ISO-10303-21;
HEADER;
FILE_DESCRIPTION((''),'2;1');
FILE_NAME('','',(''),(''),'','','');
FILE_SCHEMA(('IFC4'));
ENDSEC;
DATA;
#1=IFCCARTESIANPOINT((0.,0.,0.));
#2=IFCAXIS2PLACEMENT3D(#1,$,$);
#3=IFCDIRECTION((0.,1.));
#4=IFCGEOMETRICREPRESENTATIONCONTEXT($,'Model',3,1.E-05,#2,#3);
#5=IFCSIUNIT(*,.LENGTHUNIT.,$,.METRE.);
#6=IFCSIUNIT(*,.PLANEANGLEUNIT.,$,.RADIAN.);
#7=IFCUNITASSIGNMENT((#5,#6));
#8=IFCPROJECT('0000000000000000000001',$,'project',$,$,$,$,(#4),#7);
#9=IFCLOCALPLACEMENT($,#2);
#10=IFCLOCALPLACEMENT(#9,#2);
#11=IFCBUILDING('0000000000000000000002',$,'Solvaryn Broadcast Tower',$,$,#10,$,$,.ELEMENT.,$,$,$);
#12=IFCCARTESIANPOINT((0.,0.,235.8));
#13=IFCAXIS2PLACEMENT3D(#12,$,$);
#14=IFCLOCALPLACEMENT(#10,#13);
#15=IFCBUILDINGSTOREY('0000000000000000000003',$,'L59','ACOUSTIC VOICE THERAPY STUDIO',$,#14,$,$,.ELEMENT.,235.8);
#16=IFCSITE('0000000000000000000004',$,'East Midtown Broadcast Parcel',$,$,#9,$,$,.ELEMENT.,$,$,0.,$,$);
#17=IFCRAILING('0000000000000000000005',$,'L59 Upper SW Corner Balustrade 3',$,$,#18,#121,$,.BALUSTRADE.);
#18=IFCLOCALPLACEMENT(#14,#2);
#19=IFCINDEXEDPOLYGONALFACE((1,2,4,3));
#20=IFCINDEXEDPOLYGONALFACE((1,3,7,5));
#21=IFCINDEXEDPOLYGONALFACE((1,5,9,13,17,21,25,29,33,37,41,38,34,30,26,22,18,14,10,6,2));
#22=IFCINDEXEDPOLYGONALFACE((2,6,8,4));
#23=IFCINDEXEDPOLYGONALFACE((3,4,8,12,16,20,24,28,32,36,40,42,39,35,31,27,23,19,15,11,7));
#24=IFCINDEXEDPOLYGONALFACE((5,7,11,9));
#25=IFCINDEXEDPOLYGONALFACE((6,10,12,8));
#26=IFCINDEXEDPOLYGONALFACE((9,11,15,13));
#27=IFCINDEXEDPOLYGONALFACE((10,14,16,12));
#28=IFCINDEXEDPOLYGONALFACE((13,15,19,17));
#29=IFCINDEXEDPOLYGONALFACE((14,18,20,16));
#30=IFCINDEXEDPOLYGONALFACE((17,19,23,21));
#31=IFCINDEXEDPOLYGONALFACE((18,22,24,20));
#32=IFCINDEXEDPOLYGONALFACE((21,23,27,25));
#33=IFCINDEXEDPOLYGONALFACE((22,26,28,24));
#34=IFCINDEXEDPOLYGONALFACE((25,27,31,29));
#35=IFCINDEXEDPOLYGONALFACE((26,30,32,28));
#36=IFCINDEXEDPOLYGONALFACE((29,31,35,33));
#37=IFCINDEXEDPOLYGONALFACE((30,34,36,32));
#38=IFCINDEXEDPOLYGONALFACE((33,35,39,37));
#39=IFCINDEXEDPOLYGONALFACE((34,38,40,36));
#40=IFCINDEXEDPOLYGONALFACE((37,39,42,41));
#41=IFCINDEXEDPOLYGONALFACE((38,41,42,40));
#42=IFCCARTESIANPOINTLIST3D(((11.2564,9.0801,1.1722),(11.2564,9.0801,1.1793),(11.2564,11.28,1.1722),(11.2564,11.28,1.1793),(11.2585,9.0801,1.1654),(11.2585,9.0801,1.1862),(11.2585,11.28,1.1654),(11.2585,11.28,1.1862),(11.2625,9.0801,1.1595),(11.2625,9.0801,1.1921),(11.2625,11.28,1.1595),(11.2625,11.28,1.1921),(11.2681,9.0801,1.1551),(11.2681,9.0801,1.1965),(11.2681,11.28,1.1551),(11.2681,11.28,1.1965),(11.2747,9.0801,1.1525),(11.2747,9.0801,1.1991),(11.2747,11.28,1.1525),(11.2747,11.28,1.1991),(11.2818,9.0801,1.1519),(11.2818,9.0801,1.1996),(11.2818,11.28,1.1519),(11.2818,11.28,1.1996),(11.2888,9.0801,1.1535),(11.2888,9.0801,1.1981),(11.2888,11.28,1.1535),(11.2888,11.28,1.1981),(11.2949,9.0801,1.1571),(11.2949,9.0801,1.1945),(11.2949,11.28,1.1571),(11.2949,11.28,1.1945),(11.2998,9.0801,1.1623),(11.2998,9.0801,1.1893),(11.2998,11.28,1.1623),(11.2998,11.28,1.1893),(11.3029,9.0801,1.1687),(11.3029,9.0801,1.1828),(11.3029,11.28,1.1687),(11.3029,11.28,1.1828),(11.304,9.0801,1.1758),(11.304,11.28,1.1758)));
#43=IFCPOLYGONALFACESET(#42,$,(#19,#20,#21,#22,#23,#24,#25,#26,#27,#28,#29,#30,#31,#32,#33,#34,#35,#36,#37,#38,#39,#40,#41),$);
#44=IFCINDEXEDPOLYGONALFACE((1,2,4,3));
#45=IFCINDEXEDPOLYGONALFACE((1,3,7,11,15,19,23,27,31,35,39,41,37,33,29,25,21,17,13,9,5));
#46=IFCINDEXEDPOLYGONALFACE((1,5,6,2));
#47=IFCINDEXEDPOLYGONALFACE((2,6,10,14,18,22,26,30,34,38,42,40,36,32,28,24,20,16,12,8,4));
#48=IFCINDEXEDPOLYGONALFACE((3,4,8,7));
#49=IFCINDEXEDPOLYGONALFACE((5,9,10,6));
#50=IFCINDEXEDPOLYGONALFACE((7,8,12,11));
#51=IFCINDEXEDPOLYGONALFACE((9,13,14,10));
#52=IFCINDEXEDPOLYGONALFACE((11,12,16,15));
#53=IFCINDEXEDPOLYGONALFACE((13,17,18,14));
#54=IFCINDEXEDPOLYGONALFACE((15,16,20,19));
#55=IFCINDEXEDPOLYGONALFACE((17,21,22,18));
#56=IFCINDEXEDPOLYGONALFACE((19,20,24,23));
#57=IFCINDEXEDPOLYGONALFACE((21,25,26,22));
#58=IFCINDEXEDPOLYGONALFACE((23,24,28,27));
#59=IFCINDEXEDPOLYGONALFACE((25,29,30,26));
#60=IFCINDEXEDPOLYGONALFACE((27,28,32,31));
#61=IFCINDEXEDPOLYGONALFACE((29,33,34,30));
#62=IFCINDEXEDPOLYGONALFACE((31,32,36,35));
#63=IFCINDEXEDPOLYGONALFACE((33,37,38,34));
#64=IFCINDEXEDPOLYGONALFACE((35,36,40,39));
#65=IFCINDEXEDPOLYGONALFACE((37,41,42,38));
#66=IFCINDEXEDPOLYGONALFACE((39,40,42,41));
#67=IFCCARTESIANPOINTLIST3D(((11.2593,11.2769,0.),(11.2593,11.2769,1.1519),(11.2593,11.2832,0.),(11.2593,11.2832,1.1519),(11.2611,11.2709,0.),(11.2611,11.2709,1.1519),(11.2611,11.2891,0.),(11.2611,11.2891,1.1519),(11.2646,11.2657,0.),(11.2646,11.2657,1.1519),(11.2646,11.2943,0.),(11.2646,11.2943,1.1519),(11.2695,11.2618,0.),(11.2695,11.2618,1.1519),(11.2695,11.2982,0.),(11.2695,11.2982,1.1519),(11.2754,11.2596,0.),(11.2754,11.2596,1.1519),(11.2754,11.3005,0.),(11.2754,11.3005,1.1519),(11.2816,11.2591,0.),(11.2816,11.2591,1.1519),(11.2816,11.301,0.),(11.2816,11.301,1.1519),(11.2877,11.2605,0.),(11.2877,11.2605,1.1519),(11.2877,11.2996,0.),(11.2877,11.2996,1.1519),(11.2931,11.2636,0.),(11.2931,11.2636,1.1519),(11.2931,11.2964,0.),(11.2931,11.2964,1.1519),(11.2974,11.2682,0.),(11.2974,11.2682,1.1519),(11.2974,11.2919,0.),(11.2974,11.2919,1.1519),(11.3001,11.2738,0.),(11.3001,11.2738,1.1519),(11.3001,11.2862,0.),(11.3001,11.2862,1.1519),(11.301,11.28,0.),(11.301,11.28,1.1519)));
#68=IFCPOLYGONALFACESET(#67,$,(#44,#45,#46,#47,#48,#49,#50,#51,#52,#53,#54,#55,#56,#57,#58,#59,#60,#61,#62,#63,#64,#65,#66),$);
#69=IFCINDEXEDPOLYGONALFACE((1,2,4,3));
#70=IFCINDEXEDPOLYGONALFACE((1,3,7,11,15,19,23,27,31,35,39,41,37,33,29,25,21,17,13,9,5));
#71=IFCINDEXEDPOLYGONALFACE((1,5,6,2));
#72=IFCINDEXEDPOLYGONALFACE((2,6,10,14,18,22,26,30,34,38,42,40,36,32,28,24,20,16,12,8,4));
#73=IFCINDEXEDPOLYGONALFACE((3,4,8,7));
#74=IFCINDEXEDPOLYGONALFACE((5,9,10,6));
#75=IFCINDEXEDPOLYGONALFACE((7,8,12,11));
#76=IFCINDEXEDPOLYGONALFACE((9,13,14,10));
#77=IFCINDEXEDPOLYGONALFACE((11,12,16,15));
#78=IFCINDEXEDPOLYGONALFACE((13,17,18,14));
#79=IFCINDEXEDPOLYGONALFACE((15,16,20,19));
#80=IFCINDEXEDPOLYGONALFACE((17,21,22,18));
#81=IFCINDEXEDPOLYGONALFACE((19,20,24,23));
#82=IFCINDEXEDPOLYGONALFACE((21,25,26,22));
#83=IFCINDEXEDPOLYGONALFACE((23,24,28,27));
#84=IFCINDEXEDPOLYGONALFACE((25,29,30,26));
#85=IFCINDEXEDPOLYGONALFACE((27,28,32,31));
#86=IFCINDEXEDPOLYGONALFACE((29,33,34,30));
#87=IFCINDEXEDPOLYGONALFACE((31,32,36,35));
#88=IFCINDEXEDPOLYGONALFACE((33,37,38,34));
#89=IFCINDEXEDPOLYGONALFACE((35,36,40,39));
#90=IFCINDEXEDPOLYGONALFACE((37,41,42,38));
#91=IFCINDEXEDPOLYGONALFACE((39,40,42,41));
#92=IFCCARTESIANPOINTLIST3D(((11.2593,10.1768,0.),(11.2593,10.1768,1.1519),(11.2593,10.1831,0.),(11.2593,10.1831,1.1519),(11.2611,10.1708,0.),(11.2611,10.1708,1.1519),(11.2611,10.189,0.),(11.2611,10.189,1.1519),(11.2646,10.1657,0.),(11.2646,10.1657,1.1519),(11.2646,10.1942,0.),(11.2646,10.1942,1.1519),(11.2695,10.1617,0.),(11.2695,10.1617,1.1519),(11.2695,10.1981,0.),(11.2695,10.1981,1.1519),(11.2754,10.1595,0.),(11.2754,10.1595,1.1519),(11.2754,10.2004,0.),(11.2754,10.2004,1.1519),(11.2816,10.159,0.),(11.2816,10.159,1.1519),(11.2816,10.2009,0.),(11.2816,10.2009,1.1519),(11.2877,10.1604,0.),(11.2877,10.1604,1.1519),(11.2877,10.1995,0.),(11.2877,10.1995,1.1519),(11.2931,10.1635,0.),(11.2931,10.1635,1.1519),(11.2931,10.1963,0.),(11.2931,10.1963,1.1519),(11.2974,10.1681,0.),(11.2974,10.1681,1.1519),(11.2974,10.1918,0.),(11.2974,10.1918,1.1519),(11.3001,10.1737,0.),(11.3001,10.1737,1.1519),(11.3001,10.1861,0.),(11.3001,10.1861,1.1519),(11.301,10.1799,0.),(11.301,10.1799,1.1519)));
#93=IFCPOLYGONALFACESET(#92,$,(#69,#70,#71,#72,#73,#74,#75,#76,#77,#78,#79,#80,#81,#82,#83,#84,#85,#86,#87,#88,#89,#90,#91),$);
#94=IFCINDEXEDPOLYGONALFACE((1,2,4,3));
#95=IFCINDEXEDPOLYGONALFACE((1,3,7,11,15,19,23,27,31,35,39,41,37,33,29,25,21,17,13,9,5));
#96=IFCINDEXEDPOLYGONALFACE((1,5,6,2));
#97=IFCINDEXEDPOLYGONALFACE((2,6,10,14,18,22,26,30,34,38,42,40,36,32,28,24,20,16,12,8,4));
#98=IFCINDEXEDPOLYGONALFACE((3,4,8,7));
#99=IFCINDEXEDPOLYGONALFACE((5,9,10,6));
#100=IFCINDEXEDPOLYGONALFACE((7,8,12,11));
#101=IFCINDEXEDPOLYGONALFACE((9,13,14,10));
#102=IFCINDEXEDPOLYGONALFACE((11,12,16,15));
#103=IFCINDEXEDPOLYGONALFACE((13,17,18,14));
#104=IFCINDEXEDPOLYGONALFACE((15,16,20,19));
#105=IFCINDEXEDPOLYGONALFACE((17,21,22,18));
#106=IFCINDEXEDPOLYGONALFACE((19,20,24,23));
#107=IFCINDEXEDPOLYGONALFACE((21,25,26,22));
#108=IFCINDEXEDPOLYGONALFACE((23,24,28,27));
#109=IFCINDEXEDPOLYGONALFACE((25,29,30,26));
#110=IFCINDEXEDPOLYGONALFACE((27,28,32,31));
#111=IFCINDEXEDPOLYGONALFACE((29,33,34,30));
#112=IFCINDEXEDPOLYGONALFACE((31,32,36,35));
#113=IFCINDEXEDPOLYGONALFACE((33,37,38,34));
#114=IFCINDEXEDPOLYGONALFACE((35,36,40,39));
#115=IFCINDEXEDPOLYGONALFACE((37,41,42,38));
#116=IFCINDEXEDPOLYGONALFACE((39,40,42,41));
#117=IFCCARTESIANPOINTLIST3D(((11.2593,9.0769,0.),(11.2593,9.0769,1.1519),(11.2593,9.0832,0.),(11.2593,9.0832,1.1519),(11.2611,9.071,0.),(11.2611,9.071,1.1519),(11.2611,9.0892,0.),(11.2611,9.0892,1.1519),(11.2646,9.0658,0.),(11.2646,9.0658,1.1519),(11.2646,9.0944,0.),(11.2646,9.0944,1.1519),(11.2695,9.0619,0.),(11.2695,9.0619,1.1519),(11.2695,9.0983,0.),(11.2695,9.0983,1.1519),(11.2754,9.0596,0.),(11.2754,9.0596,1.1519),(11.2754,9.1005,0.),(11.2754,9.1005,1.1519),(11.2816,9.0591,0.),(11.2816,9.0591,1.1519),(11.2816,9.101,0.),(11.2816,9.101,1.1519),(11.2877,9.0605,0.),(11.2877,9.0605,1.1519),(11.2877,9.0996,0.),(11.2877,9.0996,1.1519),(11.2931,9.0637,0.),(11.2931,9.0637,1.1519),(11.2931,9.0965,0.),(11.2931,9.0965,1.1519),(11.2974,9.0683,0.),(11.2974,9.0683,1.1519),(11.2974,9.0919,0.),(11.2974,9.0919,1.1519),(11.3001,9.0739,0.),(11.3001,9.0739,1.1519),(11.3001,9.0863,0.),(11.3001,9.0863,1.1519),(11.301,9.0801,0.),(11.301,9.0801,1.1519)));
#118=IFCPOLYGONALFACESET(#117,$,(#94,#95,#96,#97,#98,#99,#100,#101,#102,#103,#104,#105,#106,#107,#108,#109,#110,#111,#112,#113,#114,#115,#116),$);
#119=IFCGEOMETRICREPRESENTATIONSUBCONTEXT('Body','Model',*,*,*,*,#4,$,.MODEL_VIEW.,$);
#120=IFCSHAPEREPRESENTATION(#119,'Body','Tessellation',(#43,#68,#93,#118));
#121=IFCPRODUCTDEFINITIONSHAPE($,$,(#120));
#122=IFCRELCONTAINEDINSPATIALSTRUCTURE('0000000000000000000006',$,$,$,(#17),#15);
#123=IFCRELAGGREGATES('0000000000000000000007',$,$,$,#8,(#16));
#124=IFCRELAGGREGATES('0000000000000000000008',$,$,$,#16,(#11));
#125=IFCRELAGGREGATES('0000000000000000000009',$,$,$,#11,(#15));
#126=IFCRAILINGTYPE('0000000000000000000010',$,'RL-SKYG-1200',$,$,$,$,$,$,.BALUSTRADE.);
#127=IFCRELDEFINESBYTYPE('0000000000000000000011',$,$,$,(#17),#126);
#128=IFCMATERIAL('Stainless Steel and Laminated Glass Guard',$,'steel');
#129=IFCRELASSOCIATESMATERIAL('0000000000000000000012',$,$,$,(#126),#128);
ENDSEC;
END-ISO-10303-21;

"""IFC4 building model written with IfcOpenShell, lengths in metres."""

from ifc_helpers import new_model, si_unit, direction, frame, origin, origin_2d, place, context, subcontext, project, spatial, circle, extrude, material, type_object, element, save


model = new_model("IFC4")

# Units and contexts
model_context = context("Model", 3, precision=1e-05, world=origin(), true_north=direction((0.0, 1.0)))
body_context = subcontext(model_context, "Body", "Model", "MODEL_VIEW")
ifc_project = project(units=[si_unit("LENGTHUNIT", "METRE"), si_unit("PLANEANGLEUNIT", "RADIAN")], contexts=[model_context])

# Site, building, storey
site_placement = place(None, origin())
site = spatial("IfcSite", under=ifc_project, at=site_placement, Name="East Midtown Broadcast Parcel", CompositionType="ELEMENT", RefElevation=0.0)
building_placement = place(site_placement, origin())
building = spatial("IfcBuilding", under=site, at=building_placement, Name="Solvaryn Broadcast Tower", CompositionType="ELEMENT")
storey_placement = place(building_placement, frame((0.0, 0.0, 235.8)))
storey = spatial("IfcBuildingStorey", under=building, at=storey_placement, Name="L59", Description="ACOUSTIC VOICE THERAPY STUDIO", CompositionType="ELEMENT", Elevation=235.8)

# Railing
ifc_material_1 = material(Name="Stainless Steel and Laminated Glass Guard", Category="steel")
railing_type = type_object("IfcRailingType", Name="RL-SKYG-1200", PredefinedType="BALUSTRADE", material=ifc_material_1)
railing_1_placement = place(storey_placement, frame((11.28, 11.28, 0.0)))
element("IfcRailing", 1, at=railing_1_placement, inside=storey, type_object=railing_type, Name="L59 Upper SW Corner Balustrade 3", PredefinedType="BALUSTRADE", context=body_context, shape_type="SweptSolid", body=[
    extrude(circle(Radius=0.0239, at=origin_2d()), frame((0.0, 0.0, 1.1758), z_axis=(0.0, -1.0, 0.0), x_axis=(1.0, 0.0, 0.0)), (0.0, 0.0, 1.0), 2.2),
    extrude(circle(Radius=0.021, at=origin_2d()), origin(), (0.0, 0.0, 1.0), 1.1519),
    extrude(circle(Radius=0.021, at=origin_2d()), frame((0.0, -1.1001, 0.0)), (0.0, 0.0, 1.0), 1.1519),
    extrude(circle(Radius=0.021, at=origin_2d()), frame((0.0, -2.2, 0.0)), (0.0, 0.0, 1.0), 1.1519),
])

save(model, "model.ifc")
